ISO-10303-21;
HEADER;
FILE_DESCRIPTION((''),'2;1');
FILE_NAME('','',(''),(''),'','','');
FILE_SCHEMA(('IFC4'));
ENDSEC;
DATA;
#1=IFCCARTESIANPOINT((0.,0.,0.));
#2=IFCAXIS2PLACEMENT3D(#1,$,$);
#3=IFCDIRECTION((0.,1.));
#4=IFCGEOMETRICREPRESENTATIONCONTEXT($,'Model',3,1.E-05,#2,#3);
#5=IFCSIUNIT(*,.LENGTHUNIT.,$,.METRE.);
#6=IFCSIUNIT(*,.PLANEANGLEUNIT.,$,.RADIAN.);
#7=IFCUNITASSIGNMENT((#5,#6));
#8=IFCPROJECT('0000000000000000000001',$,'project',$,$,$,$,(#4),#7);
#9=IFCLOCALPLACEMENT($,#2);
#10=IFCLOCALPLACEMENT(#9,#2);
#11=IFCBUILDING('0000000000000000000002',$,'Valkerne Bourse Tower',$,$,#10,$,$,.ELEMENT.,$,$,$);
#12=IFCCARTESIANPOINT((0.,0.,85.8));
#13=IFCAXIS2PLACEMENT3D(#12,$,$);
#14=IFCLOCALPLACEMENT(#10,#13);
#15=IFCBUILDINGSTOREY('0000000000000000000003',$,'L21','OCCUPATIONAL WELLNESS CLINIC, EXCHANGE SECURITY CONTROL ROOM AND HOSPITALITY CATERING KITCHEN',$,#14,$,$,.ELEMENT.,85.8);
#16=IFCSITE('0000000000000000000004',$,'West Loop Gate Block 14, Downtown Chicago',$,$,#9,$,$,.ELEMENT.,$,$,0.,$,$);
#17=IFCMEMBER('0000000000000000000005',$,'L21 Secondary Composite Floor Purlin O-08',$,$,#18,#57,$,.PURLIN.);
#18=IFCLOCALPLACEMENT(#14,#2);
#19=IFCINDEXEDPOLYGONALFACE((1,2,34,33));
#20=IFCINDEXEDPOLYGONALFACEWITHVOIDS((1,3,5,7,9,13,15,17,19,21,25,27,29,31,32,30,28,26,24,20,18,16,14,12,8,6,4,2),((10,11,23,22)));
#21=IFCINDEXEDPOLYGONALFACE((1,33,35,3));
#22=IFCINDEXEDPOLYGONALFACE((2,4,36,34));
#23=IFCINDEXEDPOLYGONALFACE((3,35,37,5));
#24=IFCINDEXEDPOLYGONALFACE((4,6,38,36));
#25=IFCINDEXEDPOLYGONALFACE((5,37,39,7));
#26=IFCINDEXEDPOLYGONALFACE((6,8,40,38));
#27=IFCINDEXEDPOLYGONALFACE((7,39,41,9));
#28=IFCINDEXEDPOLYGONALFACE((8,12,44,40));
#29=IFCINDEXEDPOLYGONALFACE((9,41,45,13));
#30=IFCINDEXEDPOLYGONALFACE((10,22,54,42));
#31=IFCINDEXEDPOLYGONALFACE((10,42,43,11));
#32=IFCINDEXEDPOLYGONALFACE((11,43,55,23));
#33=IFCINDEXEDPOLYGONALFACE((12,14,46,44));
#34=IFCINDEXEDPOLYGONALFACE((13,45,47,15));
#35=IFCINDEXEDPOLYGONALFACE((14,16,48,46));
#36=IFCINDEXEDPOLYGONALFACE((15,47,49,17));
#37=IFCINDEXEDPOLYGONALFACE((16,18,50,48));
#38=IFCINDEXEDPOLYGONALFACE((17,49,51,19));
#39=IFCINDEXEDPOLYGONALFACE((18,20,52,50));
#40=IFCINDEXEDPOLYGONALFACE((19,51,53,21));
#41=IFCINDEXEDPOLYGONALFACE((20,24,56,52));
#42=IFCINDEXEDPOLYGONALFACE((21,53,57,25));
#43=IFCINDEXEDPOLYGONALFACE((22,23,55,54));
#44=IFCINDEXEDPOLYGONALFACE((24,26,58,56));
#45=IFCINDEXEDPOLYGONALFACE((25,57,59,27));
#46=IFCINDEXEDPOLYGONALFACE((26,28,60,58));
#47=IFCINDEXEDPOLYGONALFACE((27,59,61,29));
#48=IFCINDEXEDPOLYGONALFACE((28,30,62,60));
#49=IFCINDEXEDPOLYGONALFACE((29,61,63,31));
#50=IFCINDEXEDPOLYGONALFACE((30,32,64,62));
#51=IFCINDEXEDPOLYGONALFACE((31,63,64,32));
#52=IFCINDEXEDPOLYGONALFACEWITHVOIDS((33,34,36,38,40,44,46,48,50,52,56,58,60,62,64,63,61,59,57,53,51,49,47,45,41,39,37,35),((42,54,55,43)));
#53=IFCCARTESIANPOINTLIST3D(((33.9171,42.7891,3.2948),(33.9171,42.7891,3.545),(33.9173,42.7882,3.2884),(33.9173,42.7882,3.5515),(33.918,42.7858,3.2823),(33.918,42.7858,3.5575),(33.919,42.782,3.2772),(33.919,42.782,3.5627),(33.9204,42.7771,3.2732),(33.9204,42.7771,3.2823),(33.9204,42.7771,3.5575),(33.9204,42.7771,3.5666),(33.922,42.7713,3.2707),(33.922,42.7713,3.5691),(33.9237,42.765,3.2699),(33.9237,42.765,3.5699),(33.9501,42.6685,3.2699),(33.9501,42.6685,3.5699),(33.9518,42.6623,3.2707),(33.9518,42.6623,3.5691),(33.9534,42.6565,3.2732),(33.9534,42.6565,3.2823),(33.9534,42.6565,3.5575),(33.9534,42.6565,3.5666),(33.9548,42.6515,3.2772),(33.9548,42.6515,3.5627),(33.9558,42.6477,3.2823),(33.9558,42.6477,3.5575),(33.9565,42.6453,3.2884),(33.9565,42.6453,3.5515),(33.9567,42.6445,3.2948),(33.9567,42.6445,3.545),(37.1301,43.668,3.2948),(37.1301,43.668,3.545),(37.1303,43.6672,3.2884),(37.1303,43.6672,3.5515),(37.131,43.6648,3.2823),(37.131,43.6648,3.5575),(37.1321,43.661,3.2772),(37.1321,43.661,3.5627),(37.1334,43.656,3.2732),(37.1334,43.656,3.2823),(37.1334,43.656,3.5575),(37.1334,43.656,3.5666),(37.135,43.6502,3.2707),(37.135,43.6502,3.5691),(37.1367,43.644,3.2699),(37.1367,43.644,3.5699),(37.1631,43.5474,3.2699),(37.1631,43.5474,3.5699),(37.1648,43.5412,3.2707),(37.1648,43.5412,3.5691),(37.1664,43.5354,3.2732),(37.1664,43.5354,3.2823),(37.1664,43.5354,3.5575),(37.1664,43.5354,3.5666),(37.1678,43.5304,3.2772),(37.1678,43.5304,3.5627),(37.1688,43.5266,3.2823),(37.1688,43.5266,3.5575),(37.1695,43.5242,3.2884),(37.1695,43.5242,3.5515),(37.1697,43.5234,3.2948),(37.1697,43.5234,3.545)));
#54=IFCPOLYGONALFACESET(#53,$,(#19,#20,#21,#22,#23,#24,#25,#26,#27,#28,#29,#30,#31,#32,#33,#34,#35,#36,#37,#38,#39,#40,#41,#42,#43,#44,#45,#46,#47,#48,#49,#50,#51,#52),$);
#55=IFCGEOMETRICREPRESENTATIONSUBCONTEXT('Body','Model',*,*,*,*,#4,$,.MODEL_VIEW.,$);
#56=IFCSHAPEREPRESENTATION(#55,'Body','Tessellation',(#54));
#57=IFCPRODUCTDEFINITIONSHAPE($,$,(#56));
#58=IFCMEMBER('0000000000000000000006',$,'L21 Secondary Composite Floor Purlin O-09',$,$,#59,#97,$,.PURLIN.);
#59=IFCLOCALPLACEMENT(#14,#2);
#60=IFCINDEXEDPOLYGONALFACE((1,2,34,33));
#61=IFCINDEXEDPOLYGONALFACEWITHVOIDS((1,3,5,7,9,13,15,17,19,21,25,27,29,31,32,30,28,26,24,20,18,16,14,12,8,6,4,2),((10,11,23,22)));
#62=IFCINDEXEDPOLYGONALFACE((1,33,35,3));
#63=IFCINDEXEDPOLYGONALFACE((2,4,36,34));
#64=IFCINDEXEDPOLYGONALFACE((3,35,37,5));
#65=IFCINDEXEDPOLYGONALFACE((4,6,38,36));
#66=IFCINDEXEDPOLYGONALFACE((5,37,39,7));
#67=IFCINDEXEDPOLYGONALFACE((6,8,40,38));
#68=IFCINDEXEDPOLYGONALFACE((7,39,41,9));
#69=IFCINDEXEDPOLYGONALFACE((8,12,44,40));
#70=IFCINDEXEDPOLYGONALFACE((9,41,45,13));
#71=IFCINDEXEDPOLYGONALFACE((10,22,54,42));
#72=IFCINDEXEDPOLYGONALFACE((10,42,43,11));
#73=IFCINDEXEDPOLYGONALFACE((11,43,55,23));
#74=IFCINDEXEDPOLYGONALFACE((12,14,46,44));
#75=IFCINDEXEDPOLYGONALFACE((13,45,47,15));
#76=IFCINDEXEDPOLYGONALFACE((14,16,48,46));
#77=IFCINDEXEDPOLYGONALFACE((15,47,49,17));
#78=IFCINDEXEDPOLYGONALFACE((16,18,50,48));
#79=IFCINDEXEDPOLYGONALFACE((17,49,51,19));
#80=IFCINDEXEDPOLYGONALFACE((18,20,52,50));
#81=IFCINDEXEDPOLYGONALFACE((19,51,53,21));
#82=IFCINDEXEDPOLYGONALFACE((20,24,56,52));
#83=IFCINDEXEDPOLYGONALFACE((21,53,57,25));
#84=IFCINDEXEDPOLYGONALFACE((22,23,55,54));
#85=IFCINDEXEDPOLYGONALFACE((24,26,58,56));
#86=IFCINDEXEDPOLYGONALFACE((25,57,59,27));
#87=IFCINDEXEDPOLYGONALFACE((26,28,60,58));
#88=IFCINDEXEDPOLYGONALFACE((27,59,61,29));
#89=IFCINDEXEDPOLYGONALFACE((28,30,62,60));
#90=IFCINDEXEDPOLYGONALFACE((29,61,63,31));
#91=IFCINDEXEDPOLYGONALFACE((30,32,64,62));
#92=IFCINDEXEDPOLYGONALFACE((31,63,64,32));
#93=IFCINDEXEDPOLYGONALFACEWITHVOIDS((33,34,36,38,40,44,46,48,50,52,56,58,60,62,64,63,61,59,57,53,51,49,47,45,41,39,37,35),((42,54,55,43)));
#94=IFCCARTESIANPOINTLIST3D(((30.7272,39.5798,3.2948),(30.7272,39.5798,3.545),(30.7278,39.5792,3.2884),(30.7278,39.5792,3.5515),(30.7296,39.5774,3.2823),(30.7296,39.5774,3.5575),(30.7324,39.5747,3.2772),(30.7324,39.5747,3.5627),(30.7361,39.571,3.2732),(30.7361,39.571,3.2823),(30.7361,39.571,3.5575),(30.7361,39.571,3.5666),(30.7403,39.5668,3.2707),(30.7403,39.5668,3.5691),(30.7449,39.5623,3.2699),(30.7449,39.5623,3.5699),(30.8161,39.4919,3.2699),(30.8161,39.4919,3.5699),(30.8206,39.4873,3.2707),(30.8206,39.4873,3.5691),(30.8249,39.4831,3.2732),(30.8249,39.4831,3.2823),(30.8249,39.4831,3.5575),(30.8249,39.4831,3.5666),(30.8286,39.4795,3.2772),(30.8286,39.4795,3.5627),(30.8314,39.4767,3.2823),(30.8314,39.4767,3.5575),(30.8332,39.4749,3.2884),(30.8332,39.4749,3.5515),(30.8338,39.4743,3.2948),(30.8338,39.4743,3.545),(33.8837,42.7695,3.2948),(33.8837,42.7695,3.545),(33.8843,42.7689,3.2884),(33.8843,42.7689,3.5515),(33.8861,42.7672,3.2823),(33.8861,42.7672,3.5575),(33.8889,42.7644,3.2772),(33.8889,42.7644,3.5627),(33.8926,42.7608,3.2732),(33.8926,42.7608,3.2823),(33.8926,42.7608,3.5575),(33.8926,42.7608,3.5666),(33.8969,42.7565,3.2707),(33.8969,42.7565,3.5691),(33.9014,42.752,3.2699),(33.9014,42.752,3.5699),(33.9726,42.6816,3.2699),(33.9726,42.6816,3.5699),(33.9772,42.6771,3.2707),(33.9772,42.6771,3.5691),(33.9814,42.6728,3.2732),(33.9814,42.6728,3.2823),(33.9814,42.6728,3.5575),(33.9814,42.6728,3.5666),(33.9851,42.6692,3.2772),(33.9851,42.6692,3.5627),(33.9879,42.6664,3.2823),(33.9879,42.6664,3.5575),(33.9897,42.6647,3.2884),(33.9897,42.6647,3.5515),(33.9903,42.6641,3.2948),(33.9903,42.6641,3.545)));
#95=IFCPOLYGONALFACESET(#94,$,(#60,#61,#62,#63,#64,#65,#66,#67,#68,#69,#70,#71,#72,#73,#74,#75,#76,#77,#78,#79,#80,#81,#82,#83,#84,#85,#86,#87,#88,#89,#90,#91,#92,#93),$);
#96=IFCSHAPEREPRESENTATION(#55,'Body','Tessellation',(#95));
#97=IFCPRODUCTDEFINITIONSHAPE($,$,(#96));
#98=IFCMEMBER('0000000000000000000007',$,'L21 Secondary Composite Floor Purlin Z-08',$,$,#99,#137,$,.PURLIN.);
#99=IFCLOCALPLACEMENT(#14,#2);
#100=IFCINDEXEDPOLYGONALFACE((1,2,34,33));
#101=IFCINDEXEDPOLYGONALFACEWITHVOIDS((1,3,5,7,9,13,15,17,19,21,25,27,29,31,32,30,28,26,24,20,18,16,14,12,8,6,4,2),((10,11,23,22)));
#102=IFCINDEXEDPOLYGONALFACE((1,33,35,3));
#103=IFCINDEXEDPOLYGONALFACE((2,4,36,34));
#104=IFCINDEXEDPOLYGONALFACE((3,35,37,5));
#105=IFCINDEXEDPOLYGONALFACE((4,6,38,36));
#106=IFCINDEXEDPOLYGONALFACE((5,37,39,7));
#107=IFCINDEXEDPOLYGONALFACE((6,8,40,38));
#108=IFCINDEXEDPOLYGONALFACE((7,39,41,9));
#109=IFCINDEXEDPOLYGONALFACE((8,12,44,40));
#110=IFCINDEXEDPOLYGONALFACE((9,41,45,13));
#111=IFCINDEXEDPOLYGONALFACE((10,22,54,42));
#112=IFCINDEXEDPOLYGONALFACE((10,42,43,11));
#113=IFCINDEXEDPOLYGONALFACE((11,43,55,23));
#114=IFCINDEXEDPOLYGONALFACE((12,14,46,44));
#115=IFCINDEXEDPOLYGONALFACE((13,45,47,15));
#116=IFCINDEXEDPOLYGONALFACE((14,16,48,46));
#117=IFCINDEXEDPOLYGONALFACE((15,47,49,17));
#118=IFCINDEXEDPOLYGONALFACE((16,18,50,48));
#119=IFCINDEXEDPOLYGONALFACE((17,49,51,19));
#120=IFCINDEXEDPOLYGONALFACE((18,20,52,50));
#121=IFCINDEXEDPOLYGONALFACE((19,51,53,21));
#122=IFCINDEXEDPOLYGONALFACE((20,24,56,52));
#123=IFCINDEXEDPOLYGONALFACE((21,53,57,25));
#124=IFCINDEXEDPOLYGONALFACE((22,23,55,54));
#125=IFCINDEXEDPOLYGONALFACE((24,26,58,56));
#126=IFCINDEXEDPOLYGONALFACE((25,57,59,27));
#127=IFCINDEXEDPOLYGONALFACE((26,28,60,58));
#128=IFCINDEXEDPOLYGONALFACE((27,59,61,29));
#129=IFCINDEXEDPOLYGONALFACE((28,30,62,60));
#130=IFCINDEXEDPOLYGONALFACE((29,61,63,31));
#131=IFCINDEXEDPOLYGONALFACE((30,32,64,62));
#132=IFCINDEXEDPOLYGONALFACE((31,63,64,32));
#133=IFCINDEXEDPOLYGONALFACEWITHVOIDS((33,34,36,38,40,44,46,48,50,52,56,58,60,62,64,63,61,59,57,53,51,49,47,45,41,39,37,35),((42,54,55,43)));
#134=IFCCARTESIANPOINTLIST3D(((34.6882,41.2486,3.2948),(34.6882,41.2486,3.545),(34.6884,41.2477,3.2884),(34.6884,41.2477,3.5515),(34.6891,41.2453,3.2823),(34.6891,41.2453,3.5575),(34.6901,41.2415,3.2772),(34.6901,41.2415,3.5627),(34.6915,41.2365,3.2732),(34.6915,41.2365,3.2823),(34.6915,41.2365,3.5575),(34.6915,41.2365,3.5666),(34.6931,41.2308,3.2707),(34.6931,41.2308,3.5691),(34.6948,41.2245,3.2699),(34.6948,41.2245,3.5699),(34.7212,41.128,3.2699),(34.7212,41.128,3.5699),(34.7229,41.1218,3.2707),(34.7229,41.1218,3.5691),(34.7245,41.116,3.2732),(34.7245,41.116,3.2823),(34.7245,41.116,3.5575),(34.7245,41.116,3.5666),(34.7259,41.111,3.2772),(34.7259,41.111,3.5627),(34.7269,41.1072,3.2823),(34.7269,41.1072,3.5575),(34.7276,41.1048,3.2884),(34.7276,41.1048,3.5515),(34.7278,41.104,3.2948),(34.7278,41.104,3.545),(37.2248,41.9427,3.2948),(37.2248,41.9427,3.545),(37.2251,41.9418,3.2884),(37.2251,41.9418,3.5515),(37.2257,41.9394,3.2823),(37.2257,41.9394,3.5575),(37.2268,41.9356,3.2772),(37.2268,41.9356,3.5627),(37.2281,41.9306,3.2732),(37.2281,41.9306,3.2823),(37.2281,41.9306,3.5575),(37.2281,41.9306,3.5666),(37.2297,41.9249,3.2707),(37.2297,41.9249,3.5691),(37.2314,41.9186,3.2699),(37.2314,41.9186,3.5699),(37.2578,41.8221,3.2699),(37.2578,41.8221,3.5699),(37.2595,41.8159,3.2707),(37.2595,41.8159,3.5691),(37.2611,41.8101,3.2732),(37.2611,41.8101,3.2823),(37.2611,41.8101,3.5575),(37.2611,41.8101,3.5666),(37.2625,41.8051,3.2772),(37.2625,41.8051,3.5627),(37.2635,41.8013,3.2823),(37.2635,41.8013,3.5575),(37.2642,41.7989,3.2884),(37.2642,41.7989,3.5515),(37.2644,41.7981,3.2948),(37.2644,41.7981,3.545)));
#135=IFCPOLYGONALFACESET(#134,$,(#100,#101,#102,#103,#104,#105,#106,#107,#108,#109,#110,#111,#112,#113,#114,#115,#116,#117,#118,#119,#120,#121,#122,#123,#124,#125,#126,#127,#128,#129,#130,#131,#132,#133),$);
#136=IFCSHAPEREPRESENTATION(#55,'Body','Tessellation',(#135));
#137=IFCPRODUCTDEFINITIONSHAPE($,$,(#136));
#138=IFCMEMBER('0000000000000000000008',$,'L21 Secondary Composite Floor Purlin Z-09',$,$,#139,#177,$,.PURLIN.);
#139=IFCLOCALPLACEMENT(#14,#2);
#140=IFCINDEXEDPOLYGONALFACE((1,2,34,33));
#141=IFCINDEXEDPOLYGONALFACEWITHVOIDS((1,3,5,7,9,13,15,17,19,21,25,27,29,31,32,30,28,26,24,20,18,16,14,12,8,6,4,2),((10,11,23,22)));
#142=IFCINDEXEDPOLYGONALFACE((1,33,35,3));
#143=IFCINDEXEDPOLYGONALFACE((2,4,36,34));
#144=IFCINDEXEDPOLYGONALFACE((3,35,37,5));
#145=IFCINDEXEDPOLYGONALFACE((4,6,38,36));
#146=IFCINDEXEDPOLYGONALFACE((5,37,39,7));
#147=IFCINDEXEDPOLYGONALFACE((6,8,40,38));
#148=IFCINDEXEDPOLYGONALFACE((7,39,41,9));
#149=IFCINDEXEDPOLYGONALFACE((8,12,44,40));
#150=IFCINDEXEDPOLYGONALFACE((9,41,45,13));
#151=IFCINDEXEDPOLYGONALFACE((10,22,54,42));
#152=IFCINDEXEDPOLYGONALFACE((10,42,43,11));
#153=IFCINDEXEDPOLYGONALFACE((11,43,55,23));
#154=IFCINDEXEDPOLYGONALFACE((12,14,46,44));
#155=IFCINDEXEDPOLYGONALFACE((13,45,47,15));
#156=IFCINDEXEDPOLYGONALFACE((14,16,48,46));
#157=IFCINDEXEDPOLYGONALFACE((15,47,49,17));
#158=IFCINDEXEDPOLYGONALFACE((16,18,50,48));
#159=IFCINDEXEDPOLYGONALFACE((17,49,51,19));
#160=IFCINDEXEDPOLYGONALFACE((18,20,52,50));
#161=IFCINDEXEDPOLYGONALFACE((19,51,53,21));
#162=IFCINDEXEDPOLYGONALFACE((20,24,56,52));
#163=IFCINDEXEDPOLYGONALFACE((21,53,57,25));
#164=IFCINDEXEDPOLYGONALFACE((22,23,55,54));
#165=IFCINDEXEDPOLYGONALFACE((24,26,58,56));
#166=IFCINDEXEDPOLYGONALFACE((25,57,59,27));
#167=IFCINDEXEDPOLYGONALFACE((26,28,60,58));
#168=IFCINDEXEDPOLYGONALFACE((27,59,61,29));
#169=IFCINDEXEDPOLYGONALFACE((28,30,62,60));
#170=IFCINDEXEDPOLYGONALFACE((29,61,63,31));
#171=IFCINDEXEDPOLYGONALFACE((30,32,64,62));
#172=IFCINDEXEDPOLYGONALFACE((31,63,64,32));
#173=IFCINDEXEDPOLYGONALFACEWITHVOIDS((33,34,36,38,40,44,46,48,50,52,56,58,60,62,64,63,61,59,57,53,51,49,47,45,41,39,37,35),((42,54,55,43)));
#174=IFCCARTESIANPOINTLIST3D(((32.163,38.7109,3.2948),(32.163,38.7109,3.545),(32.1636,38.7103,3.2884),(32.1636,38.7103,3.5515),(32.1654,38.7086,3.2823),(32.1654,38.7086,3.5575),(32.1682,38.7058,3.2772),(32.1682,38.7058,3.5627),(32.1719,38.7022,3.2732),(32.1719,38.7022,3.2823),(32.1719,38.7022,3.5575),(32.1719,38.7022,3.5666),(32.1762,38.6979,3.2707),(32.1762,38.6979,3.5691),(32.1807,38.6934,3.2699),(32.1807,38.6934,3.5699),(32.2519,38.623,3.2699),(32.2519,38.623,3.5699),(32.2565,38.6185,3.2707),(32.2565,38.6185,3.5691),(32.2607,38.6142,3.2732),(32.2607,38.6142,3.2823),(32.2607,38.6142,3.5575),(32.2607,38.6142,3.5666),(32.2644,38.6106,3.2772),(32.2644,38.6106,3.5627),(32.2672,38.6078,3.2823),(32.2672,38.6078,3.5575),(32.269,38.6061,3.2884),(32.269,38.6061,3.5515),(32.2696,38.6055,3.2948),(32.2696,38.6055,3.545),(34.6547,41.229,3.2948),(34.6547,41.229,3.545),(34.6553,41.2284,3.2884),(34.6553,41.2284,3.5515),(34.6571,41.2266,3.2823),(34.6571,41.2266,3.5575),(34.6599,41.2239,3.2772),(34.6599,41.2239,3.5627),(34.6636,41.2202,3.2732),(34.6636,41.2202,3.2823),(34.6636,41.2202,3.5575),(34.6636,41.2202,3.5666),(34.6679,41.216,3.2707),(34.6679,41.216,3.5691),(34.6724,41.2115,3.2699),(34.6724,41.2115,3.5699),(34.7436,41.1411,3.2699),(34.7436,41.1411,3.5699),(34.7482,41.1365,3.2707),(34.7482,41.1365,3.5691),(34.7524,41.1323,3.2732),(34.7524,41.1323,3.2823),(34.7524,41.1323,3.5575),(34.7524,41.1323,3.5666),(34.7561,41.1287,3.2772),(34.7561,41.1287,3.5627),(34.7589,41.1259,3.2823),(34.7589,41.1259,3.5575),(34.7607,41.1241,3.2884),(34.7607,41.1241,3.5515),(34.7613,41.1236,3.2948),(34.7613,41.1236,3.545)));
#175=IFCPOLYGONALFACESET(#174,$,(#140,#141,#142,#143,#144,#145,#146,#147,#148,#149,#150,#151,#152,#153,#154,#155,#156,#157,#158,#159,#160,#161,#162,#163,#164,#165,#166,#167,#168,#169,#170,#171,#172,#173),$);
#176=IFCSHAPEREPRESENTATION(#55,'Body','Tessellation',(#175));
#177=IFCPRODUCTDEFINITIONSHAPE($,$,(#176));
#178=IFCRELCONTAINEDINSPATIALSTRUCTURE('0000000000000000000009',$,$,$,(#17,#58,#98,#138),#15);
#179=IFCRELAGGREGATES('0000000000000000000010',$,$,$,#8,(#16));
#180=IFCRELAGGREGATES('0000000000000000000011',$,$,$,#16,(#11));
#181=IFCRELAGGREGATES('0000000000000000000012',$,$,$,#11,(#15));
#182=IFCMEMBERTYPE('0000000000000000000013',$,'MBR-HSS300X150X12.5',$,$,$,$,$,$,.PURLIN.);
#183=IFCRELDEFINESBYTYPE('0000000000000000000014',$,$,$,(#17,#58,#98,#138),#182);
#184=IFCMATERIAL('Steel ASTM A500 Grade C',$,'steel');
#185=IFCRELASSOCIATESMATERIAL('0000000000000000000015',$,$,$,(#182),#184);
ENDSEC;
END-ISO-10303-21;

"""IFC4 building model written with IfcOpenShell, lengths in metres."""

from ifc_helpers import new_model, si_unit, direction, frame, origin, origin_2d, place, context, subcontext, project, spatial, hollow_rectangle, extrude, material, material_profile, profile_set, type_object, element, save


model = new_model("IFC4")

# Units and contexts
model_context = context("Model", 3, precision=1e-05, world=origin(), true_north=direction((0.0, 1.0)))
body_context = subcontext(model_context, "Body", "Model", "MODEL_VIEW")
ifc_project = project(units=[si_unit("LENGTHUNIT", "METRE"), si_unit("PLANEANGLEUNIT", "RADIAN")], contexts=[model_context])

# Site, building, storey
site_placement = place(None, origin())
site = spatial("IfcSite", under=ifc_project, at=site_placement, Name="West Loop Gate Block 14, Downtown Chicago", CompositionType="ELEMENT", RefElevation=0.0)
building_placement = place(site_placement, origin())
building = spatial("IfcBuilding", under=site, at=building_placement, Name="Valkerne Bourse Tower", CompositionType="ELEMENT")
storey_placement = place(building_placement, frame((0.0, 0.0, 85.8)))
storey = spatial("IfcBuildingStorey", under=building, at=storey_placement, Name="L21", Description="OCCUPATIONAL WELLNESS CLINIC, EXCHANGE SECURITY CONTROL ROOM AND HOSPITALITY CATERING KITCHEN", CompositionType="ELEMENT", Elevation=85.8)

# Members
ifc_material_1 = material(Name="Steel ASTM A500 Grade C", Category="steel")
ifc_material_profile_1 = material_profile(ifc_material_1, hollow_rectangle(XDim=0.1499, YDim=0.3, WallThickness=0.0125, OuterFilletRadius=0.0249, at=origin_2d()), Name="HSS300X150X12.5")
ifc_profile_set_1 = profile_set([ifc_material_profile_1], Name="Steel ASTM A500 Grade C")
member_type_1 = type_object("IfcMemberType", Name="MBR-HSS300X150X12.5", PredefinedType="PURLIN", material=ifc_profile_set_1)
member_1_placement = place(storey_placement, frame((37.1499, 43.5957, 3.4199), z_axis=(-0.964561, -0.263862, 0.0), x_axis=(0.263862, -0.964561, 0.0)))
element("IfcMember", 1, at=member_1_placement, inside=storey, type_object=member_type_1, Name="L21 Secondary Composite Floor Purlin O-08", PredefinedType="PURLIN", context=body_context, shape_type="SweptSolid", body=[
    extrude(hollow_rectangle(XDim=0.1499, YDim=0.3, WallThickness=0.0125, OuterFilletRadius=0.0249, at=origin_2d()), origin(), (0.0, 0.0, 1.0), 3.3311),
])
member_2_placement = place(storey_placement, frame((33.937, 42.7168, 3.4199), z_axis=(-0.703398, -0.710797, 0.0), x_axis=(0.710797, -0.703398, 0.0)))
element("IfcMember", 2, at=member_2_placement, inside=storey, type_object=member_type_1, Name="L21 Secondary Composite Floor Purlin O-09", PredefinedType="PURLIN", context=body_context, shape_type="SweptSolid", body=[
    extrude(hollow_rectangle(XDim=0.1499, YDim=0.3, WallThickness=0.0125, OuterFilletRadius=0.0249, at=origin_2d()), origin(), (0.0, 0.0, 1.0), 4.4875),
])
member_3_placement = place(storey_placement, frame((37.2446, 41.8704, 3.4199), z_axis=(-0.964543, -0.263926, 0.0), x_axis=(0.263926, -0.964543, 0.0)))
element("IfcMember", 3, at=member_3_placement, inside=storey, type_object=member_type_1, Name="L21 Secondary Composite Floor Purlin Z-08", PredefinedType="PURLIN", context=body_context, shape_type="SweptSolid", body=[
    extrude(hollow_rectangle(XDim=0.1499, YDim=0.3, WallThickness=0.0125, OuterFilletRadius=0.0249, at=origin_2d()), origin(), (0.0, 0.0, 1.0), 2.6299),
])
member_4_placement = place(storey_placement, frame((34.708, 41.1763, 3.4199), z_axis=(-0.703375, -0.710819, 0.0), x_axis=(0.710819, -0.703375, 0.0)))
element("IfcMember", 4, at=member_4_placement, inside=storey, type_object=member_type_1, Name="L21 Secondary Composite Floor Purlin Z-09", PredefinedType="PURLIN", context=body_context, shape_type="SweptSolid", body=[
    extrude(hollow_rectangle(XDim=0.1499, YDim=0.3, WallThickness=0.0125, OuterFilletRadius=0.0249, at=origin_2d()), origin(), (0.0, 0.0, 1.0), 3.5425),
])

save(model, "model.ifc")
